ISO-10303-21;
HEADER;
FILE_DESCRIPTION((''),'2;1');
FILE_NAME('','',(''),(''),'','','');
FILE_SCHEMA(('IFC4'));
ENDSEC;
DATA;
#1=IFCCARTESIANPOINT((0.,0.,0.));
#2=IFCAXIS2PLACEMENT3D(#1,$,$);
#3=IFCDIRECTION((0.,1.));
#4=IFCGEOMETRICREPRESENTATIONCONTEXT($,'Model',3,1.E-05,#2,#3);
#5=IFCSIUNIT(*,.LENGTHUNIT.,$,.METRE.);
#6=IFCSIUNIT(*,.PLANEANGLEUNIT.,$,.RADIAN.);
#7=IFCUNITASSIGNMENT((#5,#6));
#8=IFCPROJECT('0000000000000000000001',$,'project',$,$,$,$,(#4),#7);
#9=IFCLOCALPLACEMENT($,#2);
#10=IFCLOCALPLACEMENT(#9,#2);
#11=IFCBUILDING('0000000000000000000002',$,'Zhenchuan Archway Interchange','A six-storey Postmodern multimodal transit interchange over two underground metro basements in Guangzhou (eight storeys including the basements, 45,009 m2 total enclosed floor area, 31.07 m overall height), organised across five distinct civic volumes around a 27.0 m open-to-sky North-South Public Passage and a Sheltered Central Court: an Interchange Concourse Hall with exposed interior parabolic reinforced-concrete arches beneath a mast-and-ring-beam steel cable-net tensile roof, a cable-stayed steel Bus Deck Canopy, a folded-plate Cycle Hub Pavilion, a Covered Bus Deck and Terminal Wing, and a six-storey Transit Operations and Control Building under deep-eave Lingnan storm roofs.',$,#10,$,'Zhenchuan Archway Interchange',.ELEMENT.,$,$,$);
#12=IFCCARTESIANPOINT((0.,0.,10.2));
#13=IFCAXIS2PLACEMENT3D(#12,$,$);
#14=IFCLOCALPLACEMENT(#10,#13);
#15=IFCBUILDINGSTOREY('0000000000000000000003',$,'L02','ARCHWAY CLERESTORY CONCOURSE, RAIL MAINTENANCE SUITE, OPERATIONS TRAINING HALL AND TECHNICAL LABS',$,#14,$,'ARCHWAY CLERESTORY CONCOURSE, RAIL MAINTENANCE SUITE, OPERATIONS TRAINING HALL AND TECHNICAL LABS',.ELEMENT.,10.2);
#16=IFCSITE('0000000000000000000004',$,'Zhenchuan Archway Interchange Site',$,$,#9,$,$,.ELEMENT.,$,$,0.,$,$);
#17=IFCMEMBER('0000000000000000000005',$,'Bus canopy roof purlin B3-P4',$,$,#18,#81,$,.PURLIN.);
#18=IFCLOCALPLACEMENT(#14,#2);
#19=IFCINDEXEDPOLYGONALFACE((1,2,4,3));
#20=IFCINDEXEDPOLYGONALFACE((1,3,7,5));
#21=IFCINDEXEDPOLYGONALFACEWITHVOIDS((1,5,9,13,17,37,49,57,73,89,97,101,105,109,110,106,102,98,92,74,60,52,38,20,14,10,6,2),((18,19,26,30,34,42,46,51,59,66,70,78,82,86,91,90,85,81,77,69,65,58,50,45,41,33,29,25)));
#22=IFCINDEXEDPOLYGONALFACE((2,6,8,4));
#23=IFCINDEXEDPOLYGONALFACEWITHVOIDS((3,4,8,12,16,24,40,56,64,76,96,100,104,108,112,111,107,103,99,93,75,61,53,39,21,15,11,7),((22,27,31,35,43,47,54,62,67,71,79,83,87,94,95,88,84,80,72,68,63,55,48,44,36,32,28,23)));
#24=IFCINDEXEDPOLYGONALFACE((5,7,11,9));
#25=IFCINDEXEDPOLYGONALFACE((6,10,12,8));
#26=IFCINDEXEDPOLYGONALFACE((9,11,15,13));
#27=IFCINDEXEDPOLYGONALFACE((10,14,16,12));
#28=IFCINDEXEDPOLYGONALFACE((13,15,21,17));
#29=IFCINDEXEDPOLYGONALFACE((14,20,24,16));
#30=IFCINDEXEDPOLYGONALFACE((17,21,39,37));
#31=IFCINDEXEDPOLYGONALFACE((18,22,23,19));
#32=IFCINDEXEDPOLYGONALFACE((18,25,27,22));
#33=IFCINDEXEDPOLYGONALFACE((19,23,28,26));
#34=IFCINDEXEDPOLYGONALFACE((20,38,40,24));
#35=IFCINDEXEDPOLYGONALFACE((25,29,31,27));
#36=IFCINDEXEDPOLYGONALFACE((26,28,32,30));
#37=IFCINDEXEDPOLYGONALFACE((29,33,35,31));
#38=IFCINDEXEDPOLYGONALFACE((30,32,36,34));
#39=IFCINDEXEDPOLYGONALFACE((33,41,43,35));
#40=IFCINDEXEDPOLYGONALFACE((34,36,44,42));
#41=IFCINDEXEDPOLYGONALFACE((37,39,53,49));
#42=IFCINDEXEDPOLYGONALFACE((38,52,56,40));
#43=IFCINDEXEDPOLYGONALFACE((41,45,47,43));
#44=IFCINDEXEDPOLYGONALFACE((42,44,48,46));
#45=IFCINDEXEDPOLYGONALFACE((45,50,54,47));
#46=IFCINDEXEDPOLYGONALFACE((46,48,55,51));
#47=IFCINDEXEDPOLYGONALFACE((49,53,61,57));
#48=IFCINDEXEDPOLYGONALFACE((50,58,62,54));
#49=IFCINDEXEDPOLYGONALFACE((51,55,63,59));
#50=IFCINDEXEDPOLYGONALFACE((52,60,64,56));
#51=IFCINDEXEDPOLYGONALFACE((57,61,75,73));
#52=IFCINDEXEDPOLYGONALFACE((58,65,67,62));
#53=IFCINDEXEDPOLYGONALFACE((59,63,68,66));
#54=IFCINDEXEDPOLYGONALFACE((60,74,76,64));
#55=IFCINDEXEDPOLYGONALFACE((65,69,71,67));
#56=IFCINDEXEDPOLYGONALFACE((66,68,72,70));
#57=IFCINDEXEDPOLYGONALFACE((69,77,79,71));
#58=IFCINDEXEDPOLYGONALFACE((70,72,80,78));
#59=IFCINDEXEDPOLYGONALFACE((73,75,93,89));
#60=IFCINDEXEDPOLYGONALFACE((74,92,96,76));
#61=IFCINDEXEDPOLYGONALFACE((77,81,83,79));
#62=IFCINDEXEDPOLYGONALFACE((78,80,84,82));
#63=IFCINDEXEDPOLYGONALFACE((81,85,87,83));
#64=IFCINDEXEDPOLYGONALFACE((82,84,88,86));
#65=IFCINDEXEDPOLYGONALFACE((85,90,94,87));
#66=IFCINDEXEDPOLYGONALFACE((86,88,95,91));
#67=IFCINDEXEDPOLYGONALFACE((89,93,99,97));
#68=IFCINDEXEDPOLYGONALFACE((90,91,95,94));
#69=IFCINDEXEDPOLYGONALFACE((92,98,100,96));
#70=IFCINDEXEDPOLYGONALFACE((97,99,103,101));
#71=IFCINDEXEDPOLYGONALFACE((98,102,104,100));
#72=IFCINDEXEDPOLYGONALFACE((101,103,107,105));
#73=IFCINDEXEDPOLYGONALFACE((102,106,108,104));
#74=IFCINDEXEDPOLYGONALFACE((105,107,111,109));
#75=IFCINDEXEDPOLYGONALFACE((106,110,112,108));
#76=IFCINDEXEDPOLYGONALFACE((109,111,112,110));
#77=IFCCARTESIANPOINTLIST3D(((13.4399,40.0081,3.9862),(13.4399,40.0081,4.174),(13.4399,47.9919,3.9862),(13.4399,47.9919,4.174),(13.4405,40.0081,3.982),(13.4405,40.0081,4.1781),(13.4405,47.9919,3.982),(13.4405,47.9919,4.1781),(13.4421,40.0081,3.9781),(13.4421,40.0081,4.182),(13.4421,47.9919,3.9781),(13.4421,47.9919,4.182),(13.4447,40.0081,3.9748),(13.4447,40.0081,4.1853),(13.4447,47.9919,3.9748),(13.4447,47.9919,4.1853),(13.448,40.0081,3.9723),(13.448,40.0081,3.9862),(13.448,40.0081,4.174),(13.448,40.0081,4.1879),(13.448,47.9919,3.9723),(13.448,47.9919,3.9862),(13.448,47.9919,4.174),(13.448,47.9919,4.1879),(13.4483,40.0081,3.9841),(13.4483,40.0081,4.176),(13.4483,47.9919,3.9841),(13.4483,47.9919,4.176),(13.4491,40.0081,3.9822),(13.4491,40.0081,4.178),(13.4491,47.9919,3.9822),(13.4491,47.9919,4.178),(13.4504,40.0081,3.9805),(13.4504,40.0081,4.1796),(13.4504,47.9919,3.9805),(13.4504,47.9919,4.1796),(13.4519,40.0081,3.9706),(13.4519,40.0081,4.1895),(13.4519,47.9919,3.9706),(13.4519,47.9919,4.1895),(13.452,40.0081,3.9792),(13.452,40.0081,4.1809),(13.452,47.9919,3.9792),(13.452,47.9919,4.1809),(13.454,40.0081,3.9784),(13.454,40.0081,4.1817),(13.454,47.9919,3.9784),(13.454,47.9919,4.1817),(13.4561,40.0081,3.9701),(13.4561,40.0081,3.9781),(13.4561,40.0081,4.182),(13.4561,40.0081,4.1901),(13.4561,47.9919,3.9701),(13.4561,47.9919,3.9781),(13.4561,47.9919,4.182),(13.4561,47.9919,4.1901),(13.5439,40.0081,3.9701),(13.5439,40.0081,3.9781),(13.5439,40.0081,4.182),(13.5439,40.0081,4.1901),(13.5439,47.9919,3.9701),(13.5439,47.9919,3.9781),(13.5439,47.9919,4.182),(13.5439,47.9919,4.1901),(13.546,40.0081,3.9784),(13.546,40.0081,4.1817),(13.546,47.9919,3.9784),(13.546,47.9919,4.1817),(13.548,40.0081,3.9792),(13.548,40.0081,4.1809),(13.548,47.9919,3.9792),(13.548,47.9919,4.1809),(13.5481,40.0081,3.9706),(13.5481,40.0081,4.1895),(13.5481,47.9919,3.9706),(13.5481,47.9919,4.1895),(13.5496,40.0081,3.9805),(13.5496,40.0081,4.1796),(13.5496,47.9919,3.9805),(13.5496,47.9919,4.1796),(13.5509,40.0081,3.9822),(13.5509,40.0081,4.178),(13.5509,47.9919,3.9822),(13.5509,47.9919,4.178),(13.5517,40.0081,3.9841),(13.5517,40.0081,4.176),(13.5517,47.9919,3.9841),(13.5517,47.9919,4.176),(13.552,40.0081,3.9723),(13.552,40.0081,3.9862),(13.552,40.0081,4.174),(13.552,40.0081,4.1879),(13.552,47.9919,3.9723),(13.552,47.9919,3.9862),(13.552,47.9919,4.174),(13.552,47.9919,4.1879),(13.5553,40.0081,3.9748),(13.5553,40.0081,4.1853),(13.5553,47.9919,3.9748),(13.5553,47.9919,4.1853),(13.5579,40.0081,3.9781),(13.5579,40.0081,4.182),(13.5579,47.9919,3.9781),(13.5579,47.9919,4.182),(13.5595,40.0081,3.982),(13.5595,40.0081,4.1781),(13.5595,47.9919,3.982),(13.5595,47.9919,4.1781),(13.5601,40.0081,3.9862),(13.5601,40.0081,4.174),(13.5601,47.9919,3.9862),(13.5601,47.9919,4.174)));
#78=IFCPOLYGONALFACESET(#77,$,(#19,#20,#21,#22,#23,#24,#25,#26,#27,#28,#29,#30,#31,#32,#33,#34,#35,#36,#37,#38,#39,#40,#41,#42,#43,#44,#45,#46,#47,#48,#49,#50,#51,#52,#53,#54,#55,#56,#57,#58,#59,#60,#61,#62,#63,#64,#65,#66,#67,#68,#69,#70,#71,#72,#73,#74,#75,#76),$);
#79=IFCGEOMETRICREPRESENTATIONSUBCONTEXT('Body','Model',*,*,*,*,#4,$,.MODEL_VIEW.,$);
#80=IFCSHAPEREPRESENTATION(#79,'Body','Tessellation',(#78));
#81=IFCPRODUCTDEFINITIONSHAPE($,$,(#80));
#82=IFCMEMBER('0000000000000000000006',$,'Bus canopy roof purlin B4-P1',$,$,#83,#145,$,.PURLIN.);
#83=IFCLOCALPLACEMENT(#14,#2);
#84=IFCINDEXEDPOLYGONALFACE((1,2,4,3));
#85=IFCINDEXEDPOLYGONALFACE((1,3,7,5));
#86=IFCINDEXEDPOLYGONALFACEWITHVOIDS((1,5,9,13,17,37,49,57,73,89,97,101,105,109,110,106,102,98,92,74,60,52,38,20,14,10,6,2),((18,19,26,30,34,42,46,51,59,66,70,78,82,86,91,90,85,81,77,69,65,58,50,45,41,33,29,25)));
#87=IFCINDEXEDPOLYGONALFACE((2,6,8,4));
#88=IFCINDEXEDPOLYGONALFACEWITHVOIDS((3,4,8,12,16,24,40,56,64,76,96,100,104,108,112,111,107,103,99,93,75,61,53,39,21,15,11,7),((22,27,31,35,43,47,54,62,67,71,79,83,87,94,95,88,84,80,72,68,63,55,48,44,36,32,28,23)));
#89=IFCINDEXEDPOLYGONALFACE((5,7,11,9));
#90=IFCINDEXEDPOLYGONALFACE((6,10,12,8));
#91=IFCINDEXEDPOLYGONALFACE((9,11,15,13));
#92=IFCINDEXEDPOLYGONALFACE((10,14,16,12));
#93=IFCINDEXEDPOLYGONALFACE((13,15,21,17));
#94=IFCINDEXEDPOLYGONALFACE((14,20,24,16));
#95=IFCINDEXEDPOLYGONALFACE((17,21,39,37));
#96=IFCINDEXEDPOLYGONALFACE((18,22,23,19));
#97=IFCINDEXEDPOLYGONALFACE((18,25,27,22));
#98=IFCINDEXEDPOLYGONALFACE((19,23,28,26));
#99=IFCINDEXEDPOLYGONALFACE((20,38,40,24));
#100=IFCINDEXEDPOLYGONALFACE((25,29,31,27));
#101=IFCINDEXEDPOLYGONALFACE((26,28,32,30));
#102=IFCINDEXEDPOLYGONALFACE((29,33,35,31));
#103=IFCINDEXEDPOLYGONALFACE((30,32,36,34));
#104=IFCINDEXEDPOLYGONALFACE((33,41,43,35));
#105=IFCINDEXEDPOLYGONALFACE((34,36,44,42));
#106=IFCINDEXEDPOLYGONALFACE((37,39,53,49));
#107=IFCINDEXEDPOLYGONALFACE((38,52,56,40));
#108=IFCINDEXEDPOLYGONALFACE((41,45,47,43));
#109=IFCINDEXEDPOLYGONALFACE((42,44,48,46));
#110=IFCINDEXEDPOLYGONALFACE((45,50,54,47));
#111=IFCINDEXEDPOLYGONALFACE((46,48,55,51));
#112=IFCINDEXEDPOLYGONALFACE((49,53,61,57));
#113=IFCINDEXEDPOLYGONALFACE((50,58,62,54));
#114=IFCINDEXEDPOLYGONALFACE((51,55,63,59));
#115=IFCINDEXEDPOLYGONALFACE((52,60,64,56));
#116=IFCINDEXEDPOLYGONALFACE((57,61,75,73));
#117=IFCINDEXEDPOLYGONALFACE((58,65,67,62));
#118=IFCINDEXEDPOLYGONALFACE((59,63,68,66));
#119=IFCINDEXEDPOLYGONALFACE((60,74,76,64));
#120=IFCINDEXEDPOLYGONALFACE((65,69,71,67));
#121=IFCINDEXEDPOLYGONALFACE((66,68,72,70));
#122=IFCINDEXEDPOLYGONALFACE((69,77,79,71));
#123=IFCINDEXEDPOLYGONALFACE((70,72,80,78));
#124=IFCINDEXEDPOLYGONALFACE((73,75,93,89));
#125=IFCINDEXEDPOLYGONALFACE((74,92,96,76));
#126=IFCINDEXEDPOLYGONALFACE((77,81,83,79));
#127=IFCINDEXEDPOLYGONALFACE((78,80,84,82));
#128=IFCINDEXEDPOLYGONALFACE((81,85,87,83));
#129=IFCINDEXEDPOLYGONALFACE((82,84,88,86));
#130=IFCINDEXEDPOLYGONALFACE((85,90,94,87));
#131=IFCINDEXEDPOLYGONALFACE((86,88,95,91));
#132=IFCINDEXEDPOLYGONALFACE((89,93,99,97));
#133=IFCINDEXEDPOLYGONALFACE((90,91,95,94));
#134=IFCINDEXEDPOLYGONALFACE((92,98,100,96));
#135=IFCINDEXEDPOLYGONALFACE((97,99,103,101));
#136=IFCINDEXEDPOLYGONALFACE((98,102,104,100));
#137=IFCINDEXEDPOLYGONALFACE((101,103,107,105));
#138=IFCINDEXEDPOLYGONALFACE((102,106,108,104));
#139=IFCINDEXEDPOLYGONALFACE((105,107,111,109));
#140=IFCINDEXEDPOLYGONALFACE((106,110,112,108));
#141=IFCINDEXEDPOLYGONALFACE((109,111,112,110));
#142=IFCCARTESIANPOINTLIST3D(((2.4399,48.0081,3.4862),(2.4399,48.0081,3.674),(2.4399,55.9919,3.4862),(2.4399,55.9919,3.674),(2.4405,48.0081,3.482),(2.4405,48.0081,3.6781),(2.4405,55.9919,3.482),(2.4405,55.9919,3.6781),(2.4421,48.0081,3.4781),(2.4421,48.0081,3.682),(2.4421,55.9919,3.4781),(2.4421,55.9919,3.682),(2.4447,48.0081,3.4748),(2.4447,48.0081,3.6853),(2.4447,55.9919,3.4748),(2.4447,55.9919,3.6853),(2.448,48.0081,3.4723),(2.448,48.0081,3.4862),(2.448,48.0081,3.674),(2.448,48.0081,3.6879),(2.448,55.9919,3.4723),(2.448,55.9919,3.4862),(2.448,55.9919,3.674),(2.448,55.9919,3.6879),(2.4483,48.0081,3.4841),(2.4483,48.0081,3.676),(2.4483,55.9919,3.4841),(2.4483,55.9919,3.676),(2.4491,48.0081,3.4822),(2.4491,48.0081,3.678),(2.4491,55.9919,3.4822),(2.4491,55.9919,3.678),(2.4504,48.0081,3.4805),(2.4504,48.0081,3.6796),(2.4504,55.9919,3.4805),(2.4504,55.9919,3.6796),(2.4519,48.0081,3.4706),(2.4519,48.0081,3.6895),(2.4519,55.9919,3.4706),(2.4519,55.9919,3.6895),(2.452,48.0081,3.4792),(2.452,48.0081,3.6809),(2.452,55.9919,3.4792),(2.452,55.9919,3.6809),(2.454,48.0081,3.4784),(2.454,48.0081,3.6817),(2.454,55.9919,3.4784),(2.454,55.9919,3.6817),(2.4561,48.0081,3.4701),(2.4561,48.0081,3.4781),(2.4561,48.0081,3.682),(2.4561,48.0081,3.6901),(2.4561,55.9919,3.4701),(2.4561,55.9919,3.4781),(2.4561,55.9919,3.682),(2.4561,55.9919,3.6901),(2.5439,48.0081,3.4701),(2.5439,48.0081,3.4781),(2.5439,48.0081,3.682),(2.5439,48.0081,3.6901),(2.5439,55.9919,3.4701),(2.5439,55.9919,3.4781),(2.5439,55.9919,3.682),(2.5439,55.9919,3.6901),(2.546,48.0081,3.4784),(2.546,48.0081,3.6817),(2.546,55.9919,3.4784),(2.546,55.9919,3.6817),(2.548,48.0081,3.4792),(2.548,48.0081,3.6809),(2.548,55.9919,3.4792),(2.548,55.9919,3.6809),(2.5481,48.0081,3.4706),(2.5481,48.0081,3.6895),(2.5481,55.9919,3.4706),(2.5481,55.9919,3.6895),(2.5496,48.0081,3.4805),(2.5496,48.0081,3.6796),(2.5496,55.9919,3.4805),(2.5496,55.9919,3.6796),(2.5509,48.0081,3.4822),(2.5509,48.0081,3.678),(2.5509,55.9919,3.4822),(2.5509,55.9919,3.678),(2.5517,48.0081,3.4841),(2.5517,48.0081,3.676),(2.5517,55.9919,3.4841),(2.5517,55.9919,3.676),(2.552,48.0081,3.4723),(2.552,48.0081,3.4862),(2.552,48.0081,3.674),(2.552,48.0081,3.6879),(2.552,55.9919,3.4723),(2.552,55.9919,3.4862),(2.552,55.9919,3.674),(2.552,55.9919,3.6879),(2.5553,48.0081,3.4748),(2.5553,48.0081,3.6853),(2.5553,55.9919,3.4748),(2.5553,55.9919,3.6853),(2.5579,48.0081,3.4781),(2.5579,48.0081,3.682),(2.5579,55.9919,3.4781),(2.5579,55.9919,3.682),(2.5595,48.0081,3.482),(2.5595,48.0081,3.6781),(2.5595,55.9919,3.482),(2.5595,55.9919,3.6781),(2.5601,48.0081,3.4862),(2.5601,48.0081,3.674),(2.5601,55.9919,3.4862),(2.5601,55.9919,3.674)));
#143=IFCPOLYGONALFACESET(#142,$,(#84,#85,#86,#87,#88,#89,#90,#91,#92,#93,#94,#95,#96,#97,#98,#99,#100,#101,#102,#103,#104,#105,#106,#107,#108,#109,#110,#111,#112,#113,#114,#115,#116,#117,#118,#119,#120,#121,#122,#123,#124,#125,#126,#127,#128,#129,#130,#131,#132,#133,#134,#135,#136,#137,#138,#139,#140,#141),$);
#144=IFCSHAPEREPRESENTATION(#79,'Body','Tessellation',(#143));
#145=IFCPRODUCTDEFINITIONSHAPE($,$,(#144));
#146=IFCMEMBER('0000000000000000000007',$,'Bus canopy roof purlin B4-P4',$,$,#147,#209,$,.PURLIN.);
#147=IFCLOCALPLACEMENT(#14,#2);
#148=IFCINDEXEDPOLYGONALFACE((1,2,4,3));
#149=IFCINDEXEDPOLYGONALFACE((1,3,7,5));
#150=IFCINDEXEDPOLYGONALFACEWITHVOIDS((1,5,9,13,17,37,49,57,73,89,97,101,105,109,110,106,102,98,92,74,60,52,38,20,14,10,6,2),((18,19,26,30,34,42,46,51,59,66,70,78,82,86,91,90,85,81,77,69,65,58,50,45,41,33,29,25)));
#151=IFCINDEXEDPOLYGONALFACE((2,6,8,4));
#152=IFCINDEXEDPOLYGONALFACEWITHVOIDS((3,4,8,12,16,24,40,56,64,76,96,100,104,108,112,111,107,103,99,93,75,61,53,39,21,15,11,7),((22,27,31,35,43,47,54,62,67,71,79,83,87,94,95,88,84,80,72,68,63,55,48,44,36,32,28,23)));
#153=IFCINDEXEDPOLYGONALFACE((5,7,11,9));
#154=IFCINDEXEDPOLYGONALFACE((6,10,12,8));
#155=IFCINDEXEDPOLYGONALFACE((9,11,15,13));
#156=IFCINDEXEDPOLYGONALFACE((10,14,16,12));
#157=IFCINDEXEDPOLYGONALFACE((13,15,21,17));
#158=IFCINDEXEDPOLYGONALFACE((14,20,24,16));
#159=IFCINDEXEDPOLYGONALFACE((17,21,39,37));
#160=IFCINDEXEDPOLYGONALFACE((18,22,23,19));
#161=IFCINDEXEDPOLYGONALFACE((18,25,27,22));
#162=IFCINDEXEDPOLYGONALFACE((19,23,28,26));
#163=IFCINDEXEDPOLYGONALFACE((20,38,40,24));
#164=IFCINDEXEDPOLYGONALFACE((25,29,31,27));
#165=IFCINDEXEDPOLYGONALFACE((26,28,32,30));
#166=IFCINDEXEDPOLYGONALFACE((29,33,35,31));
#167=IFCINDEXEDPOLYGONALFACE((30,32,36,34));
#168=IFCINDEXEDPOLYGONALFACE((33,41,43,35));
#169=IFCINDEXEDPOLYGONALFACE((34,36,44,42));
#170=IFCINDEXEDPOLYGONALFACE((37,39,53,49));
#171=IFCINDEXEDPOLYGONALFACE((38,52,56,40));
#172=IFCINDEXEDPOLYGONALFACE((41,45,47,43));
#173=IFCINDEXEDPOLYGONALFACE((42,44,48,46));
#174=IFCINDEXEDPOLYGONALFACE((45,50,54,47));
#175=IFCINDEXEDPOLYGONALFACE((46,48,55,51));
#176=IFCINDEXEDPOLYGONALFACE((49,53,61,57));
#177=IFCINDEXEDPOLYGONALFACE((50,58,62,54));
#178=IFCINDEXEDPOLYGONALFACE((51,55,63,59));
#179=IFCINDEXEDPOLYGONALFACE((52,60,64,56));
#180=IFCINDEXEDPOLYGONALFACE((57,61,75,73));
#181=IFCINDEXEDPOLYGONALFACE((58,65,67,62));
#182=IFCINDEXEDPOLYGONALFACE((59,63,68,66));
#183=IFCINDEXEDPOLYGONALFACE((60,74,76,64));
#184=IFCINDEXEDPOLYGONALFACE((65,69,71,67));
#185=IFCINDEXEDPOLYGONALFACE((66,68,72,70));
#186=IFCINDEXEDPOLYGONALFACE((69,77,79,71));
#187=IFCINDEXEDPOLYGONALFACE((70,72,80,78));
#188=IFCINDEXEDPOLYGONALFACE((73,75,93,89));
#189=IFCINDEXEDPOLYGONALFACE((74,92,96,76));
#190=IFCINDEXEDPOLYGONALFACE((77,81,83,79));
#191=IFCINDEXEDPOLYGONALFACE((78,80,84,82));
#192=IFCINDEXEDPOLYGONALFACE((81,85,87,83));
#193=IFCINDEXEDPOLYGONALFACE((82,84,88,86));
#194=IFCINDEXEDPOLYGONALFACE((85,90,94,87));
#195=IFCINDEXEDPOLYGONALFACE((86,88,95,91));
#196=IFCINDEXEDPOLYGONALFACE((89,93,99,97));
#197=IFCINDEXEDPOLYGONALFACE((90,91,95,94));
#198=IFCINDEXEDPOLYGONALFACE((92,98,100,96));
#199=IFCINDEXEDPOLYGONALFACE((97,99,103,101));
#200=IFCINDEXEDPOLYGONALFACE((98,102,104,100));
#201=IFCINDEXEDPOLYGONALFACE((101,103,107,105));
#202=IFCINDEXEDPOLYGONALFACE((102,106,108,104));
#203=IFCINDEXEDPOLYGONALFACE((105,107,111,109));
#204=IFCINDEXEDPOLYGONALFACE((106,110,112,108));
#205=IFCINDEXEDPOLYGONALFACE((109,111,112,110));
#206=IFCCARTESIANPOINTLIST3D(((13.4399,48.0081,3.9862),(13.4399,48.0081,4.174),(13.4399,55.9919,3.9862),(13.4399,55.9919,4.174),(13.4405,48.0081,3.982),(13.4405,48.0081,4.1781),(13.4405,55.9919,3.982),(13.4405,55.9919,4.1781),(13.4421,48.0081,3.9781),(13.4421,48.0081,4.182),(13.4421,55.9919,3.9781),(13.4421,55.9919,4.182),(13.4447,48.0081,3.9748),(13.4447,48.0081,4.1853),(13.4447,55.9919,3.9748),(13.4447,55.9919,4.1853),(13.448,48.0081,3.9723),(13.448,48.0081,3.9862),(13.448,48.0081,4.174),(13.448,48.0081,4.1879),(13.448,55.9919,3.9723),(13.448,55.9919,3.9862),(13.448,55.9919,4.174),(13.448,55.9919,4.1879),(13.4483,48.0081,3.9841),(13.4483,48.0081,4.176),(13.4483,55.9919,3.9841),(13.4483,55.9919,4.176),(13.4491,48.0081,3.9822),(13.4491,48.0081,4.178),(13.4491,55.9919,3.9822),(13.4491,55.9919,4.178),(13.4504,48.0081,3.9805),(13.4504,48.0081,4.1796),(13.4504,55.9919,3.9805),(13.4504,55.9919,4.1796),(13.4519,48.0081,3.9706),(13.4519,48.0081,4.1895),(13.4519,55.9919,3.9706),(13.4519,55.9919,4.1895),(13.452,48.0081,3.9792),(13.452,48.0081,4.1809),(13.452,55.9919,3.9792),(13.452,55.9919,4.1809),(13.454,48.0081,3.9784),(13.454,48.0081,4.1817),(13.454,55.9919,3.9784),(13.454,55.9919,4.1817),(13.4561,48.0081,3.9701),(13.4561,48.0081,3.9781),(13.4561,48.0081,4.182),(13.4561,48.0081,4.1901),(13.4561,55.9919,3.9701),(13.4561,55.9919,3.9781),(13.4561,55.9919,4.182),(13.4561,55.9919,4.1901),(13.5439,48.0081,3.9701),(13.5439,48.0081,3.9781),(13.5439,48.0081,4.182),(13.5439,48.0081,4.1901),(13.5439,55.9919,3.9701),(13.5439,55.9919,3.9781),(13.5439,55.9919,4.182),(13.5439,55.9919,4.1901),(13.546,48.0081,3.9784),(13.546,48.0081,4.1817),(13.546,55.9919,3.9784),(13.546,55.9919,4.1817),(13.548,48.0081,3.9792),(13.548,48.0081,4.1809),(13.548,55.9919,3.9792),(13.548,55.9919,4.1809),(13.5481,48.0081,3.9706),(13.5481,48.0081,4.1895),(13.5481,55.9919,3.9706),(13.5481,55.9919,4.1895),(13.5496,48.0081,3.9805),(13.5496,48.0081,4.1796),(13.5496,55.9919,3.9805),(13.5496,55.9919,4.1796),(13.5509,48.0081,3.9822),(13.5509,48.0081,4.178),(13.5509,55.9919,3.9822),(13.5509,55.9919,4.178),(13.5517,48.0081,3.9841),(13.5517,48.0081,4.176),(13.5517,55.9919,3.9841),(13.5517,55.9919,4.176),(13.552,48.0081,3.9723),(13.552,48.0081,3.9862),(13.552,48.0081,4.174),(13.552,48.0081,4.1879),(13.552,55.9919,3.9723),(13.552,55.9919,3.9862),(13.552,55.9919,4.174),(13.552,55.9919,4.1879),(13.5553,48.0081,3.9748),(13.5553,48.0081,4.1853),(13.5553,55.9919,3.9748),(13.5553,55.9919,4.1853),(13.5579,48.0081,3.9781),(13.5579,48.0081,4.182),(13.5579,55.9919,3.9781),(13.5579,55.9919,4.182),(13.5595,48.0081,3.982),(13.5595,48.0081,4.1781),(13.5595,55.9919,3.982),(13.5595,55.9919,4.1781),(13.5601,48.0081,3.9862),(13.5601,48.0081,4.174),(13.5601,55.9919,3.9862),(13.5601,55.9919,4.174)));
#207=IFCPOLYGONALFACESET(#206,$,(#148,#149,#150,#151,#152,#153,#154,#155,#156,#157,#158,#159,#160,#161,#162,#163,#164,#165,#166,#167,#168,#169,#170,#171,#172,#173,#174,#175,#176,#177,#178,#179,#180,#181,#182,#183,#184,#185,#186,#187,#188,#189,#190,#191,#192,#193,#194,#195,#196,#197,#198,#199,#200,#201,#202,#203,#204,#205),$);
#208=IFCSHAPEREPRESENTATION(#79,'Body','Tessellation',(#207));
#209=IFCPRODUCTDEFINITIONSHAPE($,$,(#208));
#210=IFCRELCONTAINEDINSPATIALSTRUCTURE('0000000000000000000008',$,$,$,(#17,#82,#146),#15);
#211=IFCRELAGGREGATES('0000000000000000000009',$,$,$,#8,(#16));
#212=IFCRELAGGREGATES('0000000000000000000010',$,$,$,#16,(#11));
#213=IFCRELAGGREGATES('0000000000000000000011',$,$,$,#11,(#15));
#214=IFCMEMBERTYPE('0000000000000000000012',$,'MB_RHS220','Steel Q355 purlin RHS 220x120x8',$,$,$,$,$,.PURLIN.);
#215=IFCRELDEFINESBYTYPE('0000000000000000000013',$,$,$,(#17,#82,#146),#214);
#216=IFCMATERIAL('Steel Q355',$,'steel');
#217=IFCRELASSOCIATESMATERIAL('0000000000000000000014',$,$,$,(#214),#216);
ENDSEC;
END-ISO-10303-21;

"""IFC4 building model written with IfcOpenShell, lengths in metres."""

from ifc_helpers import new_model, si_unit, direction, frame, origin, origin_2d, place, context, subcontext, project, spatial, hollow_rectangle, extrude, material, material_profile, profile_set, type_object, element, save


model = new_model("IFC4")

# Units and contexts
model_context = context("Model", 3, precision=1e-05, world=origin(), true_north=direction((0.0, 1.0)))
body_context = subcontext(model_context, "Body", "Model", "MODEL_VIEW")
ifc_project = project(units=[si_unit("LENGTHUNIT", "METRE"), si_unit("PLANEANGLEUNIT", "RADIAN")], contexts=[model_context])

# Site, building, storey
site_placement = place(None, origin())
site = spatial("IfcSite", under=ifc_project, at=site_placement, Name="Zhenchuan Archway Interchange Site", CompositionType="ELEMENT", RefElevation=0.0)
building_placement = place(site_placement, origin())
building = spatial("IfcBuilding", under=site, at=building_placement, Name="Zhenchuan Archway Interchange", Description="A six-storey Postmodern multimodal transit interchange over two underground metro basements in Guangzhou (eight storeys including the basements, 45,009 m2 total enclosed floor area, 31.07 m overall height), organised across five distinct civic volumes around a 27.0 m open-to-sky North-South Public Passage and a Sheltered Central Court: an Interchange Concourse Hall with exposed interior parabolic reinforced-concrete arches beneath a mast-and-ring-beam steel cable-net tensile roof, a cable-stayed steel Bus Deck Canopy, a folded-plate Cycle Hub Pavilion, a Covered Bus Deck and Terminal Wing, and a six-storey Transit Operations and Control Building under deep-eave Lingnan storm roofs.", LongName="Zhenchuan Archway Interchange", CompositionType="ELEMENT")
storey_placement = place(building_placement, frame((0.0, 0.0, 10.2)))
storey = spatial("IfcBuildingStorey", under=building, at=storey_placement, Name="L02", Description="ARCHWAY CLERESTORY CONCOURSE, RAIL MAINTENANCE SUITE, OPERATIONS TRAINING HALL AND TECHNICAL LABS", LongName="ARCHWAY CLERESTORY CONCOURSE, RAIL MAINTENANCE SUITE, OPERATIONS TRAINING HALL AND TECHNICAL LABS", CompositionType="ELEMENT", Elevation=10.2)

# Shared definitions
ifc_material_1 = material(Name="Steel Q355", Category="steel")

# Members
ifc_material_profile_1 = material_profile(ifc_material_1, hollow_rectangle(XDim=0.1201, YDim=0.22, WallThickness=0.0081, InnerFilletRadius=0.0081, OuterFilletRadius=0.0161, at=origin_2d()), Name="RHS 220x120x8")
ifc_profile_set_1 = profile_set([ifc_material_profile_1], Name="Steel Q355")
member_type_1 = type_object("IfcMemberType", Name="MB_RHS220", Description="Steel Q355 purlin RHS 220x120x8", PredefinedType="PURLIN", material=ifc_profile_set_1)
for number, where, z_axis, x_axis, name in (
    (1, (13.5, 40.0081, 4.0801), (0.0, 1.0, 0.0), (-1.0, 0.0, 0.0), "Bus canopy roof purlin B3-P4"),
    (2, (2.5, 48.0081, 3.5801), (0.0, 1.0, 0.0), (-1.0, 0.0, 0.0), "Bus canopy roof purlin B4-P1"),
    (3, (13.5, 48.0081, 4.0801), (0.0, 1.0, 0.0), (-1.0, 0.0, 0.0), "Bus canopy roof purlin B4-P4"),
):
    element("IfcMember", number, at=place(storey_placement, frame(where, z_axis=z_axis, x_axis=x_axis)), inside=storey, type_object=member_type_1, Name=name, PredefinedType="PURLIN", context=body_context, shape_type="SweptSolid", body=[
        extrude(hollow_rectangle(XDim=0.1201, YDim=0.22, WallThickness=0.0081, InnerFilletRadius=0.0081, OuterFilletRadius=0.0161, at=origin_2d()), origin(), (0.0, 0.0, 1.0), 7.9839),
    ])

save(model, "model.ifc")
